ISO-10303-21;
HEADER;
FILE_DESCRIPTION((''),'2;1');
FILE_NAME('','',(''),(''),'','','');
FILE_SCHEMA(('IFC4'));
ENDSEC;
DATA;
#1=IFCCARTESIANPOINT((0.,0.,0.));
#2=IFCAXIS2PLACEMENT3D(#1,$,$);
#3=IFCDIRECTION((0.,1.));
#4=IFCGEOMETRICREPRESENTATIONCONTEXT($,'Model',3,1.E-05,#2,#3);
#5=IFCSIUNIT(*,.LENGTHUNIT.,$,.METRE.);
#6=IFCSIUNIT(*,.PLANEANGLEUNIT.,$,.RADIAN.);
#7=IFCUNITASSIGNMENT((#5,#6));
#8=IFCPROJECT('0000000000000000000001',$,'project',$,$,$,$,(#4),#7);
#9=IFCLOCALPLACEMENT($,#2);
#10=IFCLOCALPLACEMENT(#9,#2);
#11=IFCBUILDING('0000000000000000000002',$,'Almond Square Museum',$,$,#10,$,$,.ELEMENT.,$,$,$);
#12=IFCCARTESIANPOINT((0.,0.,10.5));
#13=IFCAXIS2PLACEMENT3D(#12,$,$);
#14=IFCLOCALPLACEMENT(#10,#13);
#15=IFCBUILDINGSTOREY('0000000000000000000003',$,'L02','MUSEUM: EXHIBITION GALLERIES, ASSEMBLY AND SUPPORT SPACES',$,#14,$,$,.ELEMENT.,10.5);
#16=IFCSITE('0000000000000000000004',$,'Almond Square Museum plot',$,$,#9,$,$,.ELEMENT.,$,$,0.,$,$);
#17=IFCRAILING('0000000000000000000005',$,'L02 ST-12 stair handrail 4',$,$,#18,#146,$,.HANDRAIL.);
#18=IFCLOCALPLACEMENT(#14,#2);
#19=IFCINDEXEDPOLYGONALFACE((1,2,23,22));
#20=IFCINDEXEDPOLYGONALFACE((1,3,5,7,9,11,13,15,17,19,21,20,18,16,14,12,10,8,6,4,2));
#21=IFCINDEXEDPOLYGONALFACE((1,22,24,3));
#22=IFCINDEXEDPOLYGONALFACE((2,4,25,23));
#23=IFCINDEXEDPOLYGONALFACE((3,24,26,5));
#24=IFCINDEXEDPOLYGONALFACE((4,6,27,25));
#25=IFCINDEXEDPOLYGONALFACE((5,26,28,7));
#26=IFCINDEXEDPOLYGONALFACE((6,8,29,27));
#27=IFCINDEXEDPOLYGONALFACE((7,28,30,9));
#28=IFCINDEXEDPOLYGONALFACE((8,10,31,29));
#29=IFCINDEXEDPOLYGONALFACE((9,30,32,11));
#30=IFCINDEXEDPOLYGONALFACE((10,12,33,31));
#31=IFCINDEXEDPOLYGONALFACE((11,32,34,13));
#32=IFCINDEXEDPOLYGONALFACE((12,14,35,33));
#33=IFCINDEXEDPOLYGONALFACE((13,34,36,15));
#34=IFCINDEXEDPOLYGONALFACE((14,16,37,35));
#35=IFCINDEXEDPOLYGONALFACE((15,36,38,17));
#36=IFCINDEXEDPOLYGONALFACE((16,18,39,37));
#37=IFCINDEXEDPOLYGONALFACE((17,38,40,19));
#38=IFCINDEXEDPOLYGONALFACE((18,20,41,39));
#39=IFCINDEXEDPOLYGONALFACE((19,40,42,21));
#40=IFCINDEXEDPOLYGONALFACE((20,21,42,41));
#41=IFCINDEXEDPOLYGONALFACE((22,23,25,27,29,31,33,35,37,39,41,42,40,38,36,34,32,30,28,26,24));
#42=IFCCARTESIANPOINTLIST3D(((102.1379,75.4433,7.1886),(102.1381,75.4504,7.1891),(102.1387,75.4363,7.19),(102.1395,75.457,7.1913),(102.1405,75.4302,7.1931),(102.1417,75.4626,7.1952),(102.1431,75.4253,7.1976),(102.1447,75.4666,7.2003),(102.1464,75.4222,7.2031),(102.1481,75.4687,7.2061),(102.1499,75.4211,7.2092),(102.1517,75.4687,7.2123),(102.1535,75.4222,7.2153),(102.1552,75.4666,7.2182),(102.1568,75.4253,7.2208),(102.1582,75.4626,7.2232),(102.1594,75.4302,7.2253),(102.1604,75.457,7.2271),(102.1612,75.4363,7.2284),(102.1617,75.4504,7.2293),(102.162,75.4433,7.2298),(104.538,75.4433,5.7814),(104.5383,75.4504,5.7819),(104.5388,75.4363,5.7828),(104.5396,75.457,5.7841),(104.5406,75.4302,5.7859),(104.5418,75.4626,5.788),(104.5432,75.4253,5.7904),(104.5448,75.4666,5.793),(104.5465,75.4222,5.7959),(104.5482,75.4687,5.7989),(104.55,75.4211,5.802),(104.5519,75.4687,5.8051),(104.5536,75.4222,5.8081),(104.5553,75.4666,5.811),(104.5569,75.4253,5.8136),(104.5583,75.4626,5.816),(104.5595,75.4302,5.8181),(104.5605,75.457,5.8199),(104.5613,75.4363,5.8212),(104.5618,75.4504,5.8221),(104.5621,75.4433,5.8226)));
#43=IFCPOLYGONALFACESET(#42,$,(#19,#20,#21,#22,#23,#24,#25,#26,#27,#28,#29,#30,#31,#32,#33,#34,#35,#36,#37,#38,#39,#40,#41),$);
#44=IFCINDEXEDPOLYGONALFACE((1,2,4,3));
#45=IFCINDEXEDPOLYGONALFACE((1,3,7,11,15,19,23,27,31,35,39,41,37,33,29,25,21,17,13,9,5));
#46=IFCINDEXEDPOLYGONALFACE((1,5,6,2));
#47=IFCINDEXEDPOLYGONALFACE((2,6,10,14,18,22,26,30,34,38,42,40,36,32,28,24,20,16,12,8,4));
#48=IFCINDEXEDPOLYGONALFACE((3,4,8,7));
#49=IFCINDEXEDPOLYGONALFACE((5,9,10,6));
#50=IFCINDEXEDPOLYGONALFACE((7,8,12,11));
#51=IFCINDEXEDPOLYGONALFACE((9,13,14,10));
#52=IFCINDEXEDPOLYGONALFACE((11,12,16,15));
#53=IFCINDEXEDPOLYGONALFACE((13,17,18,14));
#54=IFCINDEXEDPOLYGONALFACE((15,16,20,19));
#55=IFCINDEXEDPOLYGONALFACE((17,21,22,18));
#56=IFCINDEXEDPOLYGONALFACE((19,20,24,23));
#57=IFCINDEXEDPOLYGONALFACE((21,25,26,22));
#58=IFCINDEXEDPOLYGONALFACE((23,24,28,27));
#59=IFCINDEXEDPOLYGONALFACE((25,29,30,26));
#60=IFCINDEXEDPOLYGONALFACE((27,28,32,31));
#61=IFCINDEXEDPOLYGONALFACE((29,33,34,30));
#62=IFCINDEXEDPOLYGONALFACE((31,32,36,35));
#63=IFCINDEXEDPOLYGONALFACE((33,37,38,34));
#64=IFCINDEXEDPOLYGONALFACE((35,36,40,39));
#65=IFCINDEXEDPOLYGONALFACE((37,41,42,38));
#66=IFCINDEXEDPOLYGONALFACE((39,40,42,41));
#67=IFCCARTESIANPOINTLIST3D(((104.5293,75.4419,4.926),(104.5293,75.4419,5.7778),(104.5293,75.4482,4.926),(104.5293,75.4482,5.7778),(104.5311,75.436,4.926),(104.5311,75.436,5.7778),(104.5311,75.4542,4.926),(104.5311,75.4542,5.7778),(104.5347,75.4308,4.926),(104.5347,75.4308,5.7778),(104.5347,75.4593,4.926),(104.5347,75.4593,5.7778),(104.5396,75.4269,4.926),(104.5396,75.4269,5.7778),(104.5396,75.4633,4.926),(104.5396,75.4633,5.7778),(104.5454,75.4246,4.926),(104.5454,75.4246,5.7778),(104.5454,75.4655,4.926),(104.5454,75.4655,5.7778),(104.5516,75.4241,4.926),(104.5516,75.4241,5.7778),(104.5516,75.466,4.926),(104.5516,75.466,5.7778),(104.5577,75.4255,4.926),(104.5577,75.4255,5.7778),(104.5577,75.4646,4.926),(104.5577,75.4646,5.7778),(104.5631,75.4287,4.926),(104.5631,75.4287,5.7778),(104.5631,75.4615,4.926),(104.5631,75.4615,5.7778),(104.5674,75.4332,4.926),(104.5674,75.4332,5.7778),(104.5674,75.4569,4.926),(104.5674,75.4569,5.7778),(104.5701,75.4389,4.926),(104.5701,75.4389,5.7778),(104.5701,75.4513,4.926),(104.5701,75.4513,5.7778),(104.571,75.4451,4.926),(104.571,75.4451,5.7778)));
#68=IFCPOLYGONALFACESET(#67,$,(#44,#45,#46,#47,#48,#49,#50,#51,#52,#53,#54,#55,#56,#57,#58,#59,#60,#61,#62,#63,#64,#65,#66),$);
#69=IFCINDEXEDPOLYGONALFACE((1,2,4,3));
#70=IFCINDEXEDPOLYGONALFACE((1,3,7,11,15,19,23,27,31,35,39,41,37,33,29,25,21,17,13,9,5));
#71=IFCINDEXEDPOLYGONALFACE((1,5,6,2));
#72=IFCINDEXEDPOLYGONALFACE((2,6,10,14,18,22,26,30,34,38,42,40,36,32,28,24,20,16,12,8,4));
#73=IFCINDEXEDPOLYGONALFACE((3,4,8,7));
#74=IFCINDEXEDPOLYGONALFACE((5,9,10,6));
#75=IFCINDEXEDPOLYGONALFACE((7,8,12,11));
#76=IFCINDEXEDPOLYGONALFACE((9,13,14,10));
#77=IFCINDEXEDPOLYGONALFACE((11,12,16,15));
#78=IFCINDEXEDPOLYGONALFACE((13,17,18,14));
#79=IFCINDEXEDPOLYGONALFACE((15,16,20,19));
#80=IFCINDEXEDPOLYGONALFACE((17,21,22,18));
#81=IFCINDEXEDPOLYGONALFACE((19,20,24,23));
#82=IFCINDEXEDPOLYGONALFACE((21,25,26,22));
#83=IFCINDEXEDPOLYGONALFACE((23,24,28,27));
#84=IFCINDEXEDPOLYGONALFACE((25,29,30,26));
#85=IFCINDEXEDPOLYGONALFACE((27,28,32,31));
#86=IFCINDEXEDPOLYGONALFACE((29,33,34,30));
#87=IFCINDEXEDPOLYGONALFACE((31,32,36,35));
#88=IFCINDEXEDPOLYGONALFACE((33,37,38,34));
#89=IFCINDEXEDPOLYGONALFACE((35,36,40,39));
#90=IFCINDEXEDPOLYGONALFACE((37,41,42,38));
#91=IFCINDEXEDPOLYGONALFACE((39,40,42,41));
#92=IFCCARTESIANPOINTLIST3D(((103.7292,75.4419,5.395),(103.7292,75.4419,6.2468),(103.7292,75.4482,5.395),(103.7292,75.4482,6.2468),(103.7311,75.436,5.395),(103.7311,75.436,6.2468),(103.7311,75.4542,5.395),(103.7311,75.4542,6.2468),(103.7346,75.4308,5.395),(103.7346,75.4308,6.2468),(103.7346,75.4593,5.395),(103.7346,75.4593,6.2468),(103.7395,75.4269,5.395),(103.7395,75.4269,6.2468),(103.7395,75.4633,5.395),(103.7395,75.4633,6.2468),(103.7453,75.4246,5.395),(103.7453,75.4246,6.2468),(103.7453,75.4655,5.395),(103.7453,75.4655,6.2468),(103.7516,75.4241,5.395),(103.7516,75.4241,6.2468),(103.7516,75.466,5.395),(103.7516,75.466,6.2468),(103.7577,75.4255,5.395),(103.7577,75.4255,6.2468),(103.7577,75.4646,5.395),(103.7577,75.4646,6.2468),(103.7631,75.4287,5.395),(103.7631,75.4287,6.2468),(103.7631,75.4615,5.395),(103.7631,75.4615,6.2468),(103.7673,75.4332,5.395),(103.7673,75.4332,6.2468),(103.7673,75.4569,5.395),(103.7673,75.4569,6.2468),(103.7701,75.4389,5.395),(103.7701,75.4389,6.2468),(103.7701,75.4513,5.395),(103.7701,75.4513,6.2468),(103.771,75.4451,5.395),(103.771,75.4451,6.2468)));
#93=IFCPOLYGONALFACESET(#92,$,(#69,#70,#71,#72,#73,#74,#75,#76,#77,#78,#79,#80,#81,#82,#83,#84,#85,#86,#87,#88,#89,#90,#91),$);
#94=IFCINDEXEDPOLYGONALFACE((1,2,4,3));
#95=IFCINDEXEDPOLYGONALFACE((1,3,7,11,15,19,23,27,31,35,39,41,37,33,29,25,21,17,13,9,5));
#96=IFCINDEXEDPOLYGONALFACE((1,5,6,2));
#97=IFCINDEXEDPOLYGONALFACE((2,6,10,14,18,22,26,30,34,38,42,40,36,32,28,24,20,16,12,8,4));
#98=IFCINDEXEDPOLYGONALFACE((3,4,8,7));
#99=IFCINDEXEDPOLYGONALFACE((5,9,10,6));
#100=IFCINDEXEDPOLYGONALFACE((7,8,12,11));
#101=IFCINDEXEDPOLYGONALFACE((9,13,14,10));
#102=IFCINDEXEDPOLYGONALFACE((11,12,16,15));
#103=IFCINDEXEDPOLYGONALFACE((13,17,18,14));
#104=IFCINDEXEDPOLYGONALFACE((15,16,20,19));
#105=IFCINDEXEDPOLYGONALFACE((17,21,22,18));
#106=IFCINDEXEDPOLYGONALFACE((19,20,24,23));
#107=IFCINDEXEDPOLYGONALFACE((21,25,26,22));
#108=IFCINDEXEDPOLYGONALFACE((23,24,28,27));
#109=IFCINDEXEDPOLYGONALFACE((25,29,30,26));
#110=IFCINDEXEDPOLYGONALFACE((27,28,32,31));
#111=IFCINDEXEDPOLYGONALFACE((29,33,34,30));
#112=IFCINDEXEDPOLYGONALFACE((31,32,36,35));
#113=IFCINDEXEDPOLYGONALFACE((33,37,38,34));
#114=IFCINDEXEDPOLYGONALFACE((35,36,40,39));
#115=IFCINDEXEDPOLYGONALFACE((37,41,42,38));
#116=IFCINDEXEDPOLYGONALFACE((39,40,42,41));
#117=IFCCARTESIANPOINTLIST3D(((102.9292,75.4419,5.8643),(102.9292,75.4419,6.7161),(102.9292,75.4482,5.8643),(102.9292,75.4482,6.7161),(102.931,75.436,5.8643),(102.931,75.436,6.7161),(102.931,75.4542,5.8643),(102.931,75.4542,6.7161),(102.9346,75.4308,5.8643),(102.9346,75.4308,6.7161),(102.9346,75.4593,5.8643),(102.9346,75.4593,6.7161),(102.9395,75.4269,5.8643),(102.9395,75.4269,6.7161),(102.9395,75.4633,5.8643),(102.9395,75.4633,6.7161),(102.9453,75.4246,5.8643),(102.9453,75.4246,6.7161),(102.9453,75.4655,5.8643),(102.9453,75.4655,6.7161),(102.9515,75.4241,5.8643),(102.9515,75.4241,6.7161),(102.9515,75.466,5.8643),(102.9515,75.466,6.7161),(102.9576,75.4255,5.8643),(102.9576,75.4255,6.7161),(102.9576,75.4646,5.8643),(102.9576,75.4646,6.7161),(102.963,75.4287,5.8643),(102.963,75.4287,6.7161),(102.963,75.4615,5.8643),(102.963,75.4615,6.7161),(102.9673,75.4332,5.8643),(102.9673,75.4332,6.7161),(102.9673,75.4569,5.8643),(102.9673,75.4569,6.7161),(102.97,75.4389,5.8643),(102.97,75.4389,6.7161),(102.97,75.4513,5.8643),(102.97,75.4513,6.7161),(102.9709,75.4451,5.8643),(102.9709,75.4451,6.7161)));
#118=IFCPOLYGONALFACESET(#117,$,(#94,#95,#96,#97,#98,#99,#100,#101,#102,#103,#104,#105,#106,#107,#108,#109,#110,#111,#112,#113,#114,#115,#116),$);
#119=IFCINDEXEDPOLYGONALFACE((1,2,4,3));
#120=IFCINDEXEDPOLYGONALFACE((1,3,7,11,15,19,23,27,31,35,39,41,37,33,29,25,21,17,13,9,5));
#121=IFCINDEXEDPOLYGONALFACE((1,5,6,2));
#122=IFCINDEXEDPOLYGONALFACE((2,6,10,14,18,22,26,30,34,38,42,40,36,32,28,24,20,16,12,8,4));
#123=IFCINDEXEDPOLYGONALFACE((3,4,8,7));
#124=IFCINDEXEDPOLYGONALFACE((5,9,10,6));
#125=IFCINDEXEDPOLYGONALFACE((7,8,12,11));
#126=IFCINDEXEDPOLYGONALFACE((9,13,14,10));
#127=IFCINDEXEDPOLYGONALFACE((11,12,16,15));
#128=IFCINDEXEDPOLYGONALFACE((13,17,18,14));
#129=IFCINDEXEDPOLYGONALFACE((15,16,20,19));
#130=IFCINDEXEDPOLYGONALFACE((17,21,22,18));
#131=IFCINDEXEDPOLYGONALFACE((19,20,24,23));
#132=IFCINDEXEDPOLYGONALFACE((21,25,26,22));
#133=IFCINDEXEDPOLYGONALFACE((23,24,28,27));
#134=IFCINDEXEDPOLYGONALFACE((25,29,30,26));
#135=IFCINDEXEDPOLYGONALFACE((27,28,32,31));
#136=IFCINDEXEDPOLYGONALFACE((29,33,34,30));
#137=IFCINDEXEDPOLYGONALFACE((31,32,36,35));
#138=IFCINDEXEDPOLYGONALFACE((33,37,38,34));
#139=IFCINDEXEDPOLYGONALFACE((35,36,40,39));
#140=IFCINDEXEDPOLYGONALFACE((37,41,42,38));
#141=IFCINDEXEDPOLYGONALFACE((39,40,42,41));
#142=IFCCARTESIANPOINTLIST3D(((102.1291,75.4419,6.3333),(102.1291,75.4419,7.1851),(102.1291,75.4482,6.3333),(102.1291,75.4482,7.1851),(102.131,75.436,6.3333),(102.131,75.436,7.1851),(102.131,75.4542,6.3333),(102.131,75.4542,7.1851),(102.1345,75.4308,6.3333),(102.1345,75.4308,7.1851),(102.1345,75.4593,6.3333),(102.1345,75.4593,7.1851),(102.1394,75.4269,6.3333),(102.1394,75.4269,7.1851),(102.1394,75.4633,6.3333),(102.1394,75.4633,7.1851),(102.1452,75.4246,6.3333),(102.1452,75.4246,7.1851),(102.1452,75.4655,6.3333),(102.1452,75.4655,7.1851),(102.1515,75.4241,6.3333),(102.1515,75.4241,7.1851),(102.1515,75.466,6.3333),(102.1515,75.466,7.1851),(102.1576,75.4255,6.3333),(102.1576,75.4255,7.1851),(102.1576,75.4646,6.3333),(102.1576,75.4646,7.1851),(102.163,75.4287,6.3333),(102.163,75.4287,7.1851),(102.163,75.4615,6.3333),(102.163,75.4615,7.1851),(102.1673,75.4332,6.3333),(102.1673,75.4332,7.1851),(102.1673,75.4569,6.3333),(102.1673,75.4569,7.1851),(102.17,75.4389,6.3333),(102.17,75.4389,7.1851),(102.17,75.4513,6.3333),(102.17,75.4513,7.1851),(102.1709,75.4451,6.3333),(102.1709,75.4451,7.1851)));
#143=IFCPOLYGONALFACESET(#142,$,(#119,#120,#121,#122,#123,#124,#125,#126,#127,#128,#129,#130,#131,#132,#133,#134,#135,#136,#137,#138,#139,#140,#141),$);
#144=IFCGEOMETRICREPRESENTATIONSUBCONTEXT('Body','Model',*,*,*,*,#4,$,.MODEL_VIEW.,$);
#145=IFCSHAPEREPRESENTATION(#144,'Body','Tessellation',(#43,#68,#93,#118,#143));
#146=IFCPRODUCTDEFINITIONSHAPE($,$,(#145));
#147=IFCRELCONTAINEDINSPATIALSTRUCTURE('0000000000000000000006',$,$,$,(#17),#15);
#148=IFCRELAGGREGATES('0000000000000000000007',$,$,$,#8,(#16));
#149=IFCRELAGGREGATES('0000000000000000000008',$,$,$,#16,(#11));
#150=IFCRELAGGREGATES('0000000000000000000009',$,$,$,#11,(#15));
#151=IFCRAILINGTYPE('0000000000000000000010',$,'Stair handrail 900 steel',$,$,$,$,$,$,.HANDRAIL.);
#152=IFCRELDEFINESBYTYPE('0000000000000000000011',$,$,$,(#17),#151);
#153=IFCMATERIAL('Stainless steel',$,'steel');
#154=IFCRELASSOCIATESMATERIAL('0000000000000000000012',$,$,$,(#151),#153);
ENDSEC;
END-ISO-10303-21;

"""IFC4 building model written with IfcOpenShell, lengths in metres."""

from ifc_helpers import new_model, si_unit, direction, frame, origin, origin_2d, place, context, subcontext, project, spatial, circle, extrude, material, type_object, element, save


model = new_model("IFC4")

# Units and contexts
model_context = context("Model", 3, precision=1e-05, world=origin(), true_north=direction((0.0, 1.0)))
body_context = subcontext(model_context, "Body", "Model", "MODEL_VIEW")
ifc_project = project(units=[si_unit("LENGTHUNIT", "METRE"), si_unit("PLANEANGLEUNIT", "RADIAN")], contexts=[model_context])

# Site, building, storey
site_placement = place(None, origin())
site = spatial("IfcSite", under=ifc_project, at=site_placement, Name="Almond Square Museum plot", CompositionType="ELEMENT", RefElevation=0.0)
building_placement = place(site_placement, origin())
building = spatial("IfcBuilding", under=site, at=building_placement, Name="Almond Square Museum", CompositionType="ELEMENT")
storey_placement = place(building_placement, frame((0.0, 0.0, 10.5)))
storey = spatial("IfcBuildingStorey", under=building, at=storey_placement, Name="L02", Description="MUSEUM: EXHIBITION GALLERIES, ASSEMBLY AND SUPPORT SPACES", CompositionType="ELEMENT", Elevation=10.5)

# Railing
ifc_material_1 = material(Name="Stainless steel", Category="steel")
railing_type_1 = type_object("IfcRailingType", Name="Stair handrail 900 steel", PredefinedType="HANDRAIL", material=ifc_material_1)
railing_1_placement = place(storey_placement, frame((104.55, 75.4451, 4.926)))
element("IfcRailing", 1, at=railing_1_placement, inside=storey, type_object=railing_type_1, Name="L02 ST-12 stair handrail 4", PredefinedType="HANDRAIL", context=body_context, shape_type="SweptSolid", body=[
    extrude(circle(Radius=0.0239, at=origin_2d()), frame((0.0, 0.0, 0.876), z_axis=(-0.86266, 0.0, 0.505785), x_axis=(0.0, -1.0, 0.0)), (0.0, 0.0, 1.0), 2.7822),
    extrude(circle(Radius=0.021, at=origin_2d()), origin(), (0.0, 0.0, 1.0), 0.8518),
    extrude(circle(Radius=0.021, at=origin_2d()), frame((-0.8, 0.0, 0.469)), (0.0, 0.0, 1.0), 0.8518),
    extrude(circle(Radius=0.021, at=origin_2d()), frame((-1.6001, 0.0, 0.9382)), (0.0, 0.0, 1.0), 0.8518),
    extrude(circle(Radius=0.021, at=origin_2d()), frame((-2.4001, 0.0, 1.4072)), (0.0, 0.0, 1.0), 0.8518),
])

save(model, "model.ifc")
